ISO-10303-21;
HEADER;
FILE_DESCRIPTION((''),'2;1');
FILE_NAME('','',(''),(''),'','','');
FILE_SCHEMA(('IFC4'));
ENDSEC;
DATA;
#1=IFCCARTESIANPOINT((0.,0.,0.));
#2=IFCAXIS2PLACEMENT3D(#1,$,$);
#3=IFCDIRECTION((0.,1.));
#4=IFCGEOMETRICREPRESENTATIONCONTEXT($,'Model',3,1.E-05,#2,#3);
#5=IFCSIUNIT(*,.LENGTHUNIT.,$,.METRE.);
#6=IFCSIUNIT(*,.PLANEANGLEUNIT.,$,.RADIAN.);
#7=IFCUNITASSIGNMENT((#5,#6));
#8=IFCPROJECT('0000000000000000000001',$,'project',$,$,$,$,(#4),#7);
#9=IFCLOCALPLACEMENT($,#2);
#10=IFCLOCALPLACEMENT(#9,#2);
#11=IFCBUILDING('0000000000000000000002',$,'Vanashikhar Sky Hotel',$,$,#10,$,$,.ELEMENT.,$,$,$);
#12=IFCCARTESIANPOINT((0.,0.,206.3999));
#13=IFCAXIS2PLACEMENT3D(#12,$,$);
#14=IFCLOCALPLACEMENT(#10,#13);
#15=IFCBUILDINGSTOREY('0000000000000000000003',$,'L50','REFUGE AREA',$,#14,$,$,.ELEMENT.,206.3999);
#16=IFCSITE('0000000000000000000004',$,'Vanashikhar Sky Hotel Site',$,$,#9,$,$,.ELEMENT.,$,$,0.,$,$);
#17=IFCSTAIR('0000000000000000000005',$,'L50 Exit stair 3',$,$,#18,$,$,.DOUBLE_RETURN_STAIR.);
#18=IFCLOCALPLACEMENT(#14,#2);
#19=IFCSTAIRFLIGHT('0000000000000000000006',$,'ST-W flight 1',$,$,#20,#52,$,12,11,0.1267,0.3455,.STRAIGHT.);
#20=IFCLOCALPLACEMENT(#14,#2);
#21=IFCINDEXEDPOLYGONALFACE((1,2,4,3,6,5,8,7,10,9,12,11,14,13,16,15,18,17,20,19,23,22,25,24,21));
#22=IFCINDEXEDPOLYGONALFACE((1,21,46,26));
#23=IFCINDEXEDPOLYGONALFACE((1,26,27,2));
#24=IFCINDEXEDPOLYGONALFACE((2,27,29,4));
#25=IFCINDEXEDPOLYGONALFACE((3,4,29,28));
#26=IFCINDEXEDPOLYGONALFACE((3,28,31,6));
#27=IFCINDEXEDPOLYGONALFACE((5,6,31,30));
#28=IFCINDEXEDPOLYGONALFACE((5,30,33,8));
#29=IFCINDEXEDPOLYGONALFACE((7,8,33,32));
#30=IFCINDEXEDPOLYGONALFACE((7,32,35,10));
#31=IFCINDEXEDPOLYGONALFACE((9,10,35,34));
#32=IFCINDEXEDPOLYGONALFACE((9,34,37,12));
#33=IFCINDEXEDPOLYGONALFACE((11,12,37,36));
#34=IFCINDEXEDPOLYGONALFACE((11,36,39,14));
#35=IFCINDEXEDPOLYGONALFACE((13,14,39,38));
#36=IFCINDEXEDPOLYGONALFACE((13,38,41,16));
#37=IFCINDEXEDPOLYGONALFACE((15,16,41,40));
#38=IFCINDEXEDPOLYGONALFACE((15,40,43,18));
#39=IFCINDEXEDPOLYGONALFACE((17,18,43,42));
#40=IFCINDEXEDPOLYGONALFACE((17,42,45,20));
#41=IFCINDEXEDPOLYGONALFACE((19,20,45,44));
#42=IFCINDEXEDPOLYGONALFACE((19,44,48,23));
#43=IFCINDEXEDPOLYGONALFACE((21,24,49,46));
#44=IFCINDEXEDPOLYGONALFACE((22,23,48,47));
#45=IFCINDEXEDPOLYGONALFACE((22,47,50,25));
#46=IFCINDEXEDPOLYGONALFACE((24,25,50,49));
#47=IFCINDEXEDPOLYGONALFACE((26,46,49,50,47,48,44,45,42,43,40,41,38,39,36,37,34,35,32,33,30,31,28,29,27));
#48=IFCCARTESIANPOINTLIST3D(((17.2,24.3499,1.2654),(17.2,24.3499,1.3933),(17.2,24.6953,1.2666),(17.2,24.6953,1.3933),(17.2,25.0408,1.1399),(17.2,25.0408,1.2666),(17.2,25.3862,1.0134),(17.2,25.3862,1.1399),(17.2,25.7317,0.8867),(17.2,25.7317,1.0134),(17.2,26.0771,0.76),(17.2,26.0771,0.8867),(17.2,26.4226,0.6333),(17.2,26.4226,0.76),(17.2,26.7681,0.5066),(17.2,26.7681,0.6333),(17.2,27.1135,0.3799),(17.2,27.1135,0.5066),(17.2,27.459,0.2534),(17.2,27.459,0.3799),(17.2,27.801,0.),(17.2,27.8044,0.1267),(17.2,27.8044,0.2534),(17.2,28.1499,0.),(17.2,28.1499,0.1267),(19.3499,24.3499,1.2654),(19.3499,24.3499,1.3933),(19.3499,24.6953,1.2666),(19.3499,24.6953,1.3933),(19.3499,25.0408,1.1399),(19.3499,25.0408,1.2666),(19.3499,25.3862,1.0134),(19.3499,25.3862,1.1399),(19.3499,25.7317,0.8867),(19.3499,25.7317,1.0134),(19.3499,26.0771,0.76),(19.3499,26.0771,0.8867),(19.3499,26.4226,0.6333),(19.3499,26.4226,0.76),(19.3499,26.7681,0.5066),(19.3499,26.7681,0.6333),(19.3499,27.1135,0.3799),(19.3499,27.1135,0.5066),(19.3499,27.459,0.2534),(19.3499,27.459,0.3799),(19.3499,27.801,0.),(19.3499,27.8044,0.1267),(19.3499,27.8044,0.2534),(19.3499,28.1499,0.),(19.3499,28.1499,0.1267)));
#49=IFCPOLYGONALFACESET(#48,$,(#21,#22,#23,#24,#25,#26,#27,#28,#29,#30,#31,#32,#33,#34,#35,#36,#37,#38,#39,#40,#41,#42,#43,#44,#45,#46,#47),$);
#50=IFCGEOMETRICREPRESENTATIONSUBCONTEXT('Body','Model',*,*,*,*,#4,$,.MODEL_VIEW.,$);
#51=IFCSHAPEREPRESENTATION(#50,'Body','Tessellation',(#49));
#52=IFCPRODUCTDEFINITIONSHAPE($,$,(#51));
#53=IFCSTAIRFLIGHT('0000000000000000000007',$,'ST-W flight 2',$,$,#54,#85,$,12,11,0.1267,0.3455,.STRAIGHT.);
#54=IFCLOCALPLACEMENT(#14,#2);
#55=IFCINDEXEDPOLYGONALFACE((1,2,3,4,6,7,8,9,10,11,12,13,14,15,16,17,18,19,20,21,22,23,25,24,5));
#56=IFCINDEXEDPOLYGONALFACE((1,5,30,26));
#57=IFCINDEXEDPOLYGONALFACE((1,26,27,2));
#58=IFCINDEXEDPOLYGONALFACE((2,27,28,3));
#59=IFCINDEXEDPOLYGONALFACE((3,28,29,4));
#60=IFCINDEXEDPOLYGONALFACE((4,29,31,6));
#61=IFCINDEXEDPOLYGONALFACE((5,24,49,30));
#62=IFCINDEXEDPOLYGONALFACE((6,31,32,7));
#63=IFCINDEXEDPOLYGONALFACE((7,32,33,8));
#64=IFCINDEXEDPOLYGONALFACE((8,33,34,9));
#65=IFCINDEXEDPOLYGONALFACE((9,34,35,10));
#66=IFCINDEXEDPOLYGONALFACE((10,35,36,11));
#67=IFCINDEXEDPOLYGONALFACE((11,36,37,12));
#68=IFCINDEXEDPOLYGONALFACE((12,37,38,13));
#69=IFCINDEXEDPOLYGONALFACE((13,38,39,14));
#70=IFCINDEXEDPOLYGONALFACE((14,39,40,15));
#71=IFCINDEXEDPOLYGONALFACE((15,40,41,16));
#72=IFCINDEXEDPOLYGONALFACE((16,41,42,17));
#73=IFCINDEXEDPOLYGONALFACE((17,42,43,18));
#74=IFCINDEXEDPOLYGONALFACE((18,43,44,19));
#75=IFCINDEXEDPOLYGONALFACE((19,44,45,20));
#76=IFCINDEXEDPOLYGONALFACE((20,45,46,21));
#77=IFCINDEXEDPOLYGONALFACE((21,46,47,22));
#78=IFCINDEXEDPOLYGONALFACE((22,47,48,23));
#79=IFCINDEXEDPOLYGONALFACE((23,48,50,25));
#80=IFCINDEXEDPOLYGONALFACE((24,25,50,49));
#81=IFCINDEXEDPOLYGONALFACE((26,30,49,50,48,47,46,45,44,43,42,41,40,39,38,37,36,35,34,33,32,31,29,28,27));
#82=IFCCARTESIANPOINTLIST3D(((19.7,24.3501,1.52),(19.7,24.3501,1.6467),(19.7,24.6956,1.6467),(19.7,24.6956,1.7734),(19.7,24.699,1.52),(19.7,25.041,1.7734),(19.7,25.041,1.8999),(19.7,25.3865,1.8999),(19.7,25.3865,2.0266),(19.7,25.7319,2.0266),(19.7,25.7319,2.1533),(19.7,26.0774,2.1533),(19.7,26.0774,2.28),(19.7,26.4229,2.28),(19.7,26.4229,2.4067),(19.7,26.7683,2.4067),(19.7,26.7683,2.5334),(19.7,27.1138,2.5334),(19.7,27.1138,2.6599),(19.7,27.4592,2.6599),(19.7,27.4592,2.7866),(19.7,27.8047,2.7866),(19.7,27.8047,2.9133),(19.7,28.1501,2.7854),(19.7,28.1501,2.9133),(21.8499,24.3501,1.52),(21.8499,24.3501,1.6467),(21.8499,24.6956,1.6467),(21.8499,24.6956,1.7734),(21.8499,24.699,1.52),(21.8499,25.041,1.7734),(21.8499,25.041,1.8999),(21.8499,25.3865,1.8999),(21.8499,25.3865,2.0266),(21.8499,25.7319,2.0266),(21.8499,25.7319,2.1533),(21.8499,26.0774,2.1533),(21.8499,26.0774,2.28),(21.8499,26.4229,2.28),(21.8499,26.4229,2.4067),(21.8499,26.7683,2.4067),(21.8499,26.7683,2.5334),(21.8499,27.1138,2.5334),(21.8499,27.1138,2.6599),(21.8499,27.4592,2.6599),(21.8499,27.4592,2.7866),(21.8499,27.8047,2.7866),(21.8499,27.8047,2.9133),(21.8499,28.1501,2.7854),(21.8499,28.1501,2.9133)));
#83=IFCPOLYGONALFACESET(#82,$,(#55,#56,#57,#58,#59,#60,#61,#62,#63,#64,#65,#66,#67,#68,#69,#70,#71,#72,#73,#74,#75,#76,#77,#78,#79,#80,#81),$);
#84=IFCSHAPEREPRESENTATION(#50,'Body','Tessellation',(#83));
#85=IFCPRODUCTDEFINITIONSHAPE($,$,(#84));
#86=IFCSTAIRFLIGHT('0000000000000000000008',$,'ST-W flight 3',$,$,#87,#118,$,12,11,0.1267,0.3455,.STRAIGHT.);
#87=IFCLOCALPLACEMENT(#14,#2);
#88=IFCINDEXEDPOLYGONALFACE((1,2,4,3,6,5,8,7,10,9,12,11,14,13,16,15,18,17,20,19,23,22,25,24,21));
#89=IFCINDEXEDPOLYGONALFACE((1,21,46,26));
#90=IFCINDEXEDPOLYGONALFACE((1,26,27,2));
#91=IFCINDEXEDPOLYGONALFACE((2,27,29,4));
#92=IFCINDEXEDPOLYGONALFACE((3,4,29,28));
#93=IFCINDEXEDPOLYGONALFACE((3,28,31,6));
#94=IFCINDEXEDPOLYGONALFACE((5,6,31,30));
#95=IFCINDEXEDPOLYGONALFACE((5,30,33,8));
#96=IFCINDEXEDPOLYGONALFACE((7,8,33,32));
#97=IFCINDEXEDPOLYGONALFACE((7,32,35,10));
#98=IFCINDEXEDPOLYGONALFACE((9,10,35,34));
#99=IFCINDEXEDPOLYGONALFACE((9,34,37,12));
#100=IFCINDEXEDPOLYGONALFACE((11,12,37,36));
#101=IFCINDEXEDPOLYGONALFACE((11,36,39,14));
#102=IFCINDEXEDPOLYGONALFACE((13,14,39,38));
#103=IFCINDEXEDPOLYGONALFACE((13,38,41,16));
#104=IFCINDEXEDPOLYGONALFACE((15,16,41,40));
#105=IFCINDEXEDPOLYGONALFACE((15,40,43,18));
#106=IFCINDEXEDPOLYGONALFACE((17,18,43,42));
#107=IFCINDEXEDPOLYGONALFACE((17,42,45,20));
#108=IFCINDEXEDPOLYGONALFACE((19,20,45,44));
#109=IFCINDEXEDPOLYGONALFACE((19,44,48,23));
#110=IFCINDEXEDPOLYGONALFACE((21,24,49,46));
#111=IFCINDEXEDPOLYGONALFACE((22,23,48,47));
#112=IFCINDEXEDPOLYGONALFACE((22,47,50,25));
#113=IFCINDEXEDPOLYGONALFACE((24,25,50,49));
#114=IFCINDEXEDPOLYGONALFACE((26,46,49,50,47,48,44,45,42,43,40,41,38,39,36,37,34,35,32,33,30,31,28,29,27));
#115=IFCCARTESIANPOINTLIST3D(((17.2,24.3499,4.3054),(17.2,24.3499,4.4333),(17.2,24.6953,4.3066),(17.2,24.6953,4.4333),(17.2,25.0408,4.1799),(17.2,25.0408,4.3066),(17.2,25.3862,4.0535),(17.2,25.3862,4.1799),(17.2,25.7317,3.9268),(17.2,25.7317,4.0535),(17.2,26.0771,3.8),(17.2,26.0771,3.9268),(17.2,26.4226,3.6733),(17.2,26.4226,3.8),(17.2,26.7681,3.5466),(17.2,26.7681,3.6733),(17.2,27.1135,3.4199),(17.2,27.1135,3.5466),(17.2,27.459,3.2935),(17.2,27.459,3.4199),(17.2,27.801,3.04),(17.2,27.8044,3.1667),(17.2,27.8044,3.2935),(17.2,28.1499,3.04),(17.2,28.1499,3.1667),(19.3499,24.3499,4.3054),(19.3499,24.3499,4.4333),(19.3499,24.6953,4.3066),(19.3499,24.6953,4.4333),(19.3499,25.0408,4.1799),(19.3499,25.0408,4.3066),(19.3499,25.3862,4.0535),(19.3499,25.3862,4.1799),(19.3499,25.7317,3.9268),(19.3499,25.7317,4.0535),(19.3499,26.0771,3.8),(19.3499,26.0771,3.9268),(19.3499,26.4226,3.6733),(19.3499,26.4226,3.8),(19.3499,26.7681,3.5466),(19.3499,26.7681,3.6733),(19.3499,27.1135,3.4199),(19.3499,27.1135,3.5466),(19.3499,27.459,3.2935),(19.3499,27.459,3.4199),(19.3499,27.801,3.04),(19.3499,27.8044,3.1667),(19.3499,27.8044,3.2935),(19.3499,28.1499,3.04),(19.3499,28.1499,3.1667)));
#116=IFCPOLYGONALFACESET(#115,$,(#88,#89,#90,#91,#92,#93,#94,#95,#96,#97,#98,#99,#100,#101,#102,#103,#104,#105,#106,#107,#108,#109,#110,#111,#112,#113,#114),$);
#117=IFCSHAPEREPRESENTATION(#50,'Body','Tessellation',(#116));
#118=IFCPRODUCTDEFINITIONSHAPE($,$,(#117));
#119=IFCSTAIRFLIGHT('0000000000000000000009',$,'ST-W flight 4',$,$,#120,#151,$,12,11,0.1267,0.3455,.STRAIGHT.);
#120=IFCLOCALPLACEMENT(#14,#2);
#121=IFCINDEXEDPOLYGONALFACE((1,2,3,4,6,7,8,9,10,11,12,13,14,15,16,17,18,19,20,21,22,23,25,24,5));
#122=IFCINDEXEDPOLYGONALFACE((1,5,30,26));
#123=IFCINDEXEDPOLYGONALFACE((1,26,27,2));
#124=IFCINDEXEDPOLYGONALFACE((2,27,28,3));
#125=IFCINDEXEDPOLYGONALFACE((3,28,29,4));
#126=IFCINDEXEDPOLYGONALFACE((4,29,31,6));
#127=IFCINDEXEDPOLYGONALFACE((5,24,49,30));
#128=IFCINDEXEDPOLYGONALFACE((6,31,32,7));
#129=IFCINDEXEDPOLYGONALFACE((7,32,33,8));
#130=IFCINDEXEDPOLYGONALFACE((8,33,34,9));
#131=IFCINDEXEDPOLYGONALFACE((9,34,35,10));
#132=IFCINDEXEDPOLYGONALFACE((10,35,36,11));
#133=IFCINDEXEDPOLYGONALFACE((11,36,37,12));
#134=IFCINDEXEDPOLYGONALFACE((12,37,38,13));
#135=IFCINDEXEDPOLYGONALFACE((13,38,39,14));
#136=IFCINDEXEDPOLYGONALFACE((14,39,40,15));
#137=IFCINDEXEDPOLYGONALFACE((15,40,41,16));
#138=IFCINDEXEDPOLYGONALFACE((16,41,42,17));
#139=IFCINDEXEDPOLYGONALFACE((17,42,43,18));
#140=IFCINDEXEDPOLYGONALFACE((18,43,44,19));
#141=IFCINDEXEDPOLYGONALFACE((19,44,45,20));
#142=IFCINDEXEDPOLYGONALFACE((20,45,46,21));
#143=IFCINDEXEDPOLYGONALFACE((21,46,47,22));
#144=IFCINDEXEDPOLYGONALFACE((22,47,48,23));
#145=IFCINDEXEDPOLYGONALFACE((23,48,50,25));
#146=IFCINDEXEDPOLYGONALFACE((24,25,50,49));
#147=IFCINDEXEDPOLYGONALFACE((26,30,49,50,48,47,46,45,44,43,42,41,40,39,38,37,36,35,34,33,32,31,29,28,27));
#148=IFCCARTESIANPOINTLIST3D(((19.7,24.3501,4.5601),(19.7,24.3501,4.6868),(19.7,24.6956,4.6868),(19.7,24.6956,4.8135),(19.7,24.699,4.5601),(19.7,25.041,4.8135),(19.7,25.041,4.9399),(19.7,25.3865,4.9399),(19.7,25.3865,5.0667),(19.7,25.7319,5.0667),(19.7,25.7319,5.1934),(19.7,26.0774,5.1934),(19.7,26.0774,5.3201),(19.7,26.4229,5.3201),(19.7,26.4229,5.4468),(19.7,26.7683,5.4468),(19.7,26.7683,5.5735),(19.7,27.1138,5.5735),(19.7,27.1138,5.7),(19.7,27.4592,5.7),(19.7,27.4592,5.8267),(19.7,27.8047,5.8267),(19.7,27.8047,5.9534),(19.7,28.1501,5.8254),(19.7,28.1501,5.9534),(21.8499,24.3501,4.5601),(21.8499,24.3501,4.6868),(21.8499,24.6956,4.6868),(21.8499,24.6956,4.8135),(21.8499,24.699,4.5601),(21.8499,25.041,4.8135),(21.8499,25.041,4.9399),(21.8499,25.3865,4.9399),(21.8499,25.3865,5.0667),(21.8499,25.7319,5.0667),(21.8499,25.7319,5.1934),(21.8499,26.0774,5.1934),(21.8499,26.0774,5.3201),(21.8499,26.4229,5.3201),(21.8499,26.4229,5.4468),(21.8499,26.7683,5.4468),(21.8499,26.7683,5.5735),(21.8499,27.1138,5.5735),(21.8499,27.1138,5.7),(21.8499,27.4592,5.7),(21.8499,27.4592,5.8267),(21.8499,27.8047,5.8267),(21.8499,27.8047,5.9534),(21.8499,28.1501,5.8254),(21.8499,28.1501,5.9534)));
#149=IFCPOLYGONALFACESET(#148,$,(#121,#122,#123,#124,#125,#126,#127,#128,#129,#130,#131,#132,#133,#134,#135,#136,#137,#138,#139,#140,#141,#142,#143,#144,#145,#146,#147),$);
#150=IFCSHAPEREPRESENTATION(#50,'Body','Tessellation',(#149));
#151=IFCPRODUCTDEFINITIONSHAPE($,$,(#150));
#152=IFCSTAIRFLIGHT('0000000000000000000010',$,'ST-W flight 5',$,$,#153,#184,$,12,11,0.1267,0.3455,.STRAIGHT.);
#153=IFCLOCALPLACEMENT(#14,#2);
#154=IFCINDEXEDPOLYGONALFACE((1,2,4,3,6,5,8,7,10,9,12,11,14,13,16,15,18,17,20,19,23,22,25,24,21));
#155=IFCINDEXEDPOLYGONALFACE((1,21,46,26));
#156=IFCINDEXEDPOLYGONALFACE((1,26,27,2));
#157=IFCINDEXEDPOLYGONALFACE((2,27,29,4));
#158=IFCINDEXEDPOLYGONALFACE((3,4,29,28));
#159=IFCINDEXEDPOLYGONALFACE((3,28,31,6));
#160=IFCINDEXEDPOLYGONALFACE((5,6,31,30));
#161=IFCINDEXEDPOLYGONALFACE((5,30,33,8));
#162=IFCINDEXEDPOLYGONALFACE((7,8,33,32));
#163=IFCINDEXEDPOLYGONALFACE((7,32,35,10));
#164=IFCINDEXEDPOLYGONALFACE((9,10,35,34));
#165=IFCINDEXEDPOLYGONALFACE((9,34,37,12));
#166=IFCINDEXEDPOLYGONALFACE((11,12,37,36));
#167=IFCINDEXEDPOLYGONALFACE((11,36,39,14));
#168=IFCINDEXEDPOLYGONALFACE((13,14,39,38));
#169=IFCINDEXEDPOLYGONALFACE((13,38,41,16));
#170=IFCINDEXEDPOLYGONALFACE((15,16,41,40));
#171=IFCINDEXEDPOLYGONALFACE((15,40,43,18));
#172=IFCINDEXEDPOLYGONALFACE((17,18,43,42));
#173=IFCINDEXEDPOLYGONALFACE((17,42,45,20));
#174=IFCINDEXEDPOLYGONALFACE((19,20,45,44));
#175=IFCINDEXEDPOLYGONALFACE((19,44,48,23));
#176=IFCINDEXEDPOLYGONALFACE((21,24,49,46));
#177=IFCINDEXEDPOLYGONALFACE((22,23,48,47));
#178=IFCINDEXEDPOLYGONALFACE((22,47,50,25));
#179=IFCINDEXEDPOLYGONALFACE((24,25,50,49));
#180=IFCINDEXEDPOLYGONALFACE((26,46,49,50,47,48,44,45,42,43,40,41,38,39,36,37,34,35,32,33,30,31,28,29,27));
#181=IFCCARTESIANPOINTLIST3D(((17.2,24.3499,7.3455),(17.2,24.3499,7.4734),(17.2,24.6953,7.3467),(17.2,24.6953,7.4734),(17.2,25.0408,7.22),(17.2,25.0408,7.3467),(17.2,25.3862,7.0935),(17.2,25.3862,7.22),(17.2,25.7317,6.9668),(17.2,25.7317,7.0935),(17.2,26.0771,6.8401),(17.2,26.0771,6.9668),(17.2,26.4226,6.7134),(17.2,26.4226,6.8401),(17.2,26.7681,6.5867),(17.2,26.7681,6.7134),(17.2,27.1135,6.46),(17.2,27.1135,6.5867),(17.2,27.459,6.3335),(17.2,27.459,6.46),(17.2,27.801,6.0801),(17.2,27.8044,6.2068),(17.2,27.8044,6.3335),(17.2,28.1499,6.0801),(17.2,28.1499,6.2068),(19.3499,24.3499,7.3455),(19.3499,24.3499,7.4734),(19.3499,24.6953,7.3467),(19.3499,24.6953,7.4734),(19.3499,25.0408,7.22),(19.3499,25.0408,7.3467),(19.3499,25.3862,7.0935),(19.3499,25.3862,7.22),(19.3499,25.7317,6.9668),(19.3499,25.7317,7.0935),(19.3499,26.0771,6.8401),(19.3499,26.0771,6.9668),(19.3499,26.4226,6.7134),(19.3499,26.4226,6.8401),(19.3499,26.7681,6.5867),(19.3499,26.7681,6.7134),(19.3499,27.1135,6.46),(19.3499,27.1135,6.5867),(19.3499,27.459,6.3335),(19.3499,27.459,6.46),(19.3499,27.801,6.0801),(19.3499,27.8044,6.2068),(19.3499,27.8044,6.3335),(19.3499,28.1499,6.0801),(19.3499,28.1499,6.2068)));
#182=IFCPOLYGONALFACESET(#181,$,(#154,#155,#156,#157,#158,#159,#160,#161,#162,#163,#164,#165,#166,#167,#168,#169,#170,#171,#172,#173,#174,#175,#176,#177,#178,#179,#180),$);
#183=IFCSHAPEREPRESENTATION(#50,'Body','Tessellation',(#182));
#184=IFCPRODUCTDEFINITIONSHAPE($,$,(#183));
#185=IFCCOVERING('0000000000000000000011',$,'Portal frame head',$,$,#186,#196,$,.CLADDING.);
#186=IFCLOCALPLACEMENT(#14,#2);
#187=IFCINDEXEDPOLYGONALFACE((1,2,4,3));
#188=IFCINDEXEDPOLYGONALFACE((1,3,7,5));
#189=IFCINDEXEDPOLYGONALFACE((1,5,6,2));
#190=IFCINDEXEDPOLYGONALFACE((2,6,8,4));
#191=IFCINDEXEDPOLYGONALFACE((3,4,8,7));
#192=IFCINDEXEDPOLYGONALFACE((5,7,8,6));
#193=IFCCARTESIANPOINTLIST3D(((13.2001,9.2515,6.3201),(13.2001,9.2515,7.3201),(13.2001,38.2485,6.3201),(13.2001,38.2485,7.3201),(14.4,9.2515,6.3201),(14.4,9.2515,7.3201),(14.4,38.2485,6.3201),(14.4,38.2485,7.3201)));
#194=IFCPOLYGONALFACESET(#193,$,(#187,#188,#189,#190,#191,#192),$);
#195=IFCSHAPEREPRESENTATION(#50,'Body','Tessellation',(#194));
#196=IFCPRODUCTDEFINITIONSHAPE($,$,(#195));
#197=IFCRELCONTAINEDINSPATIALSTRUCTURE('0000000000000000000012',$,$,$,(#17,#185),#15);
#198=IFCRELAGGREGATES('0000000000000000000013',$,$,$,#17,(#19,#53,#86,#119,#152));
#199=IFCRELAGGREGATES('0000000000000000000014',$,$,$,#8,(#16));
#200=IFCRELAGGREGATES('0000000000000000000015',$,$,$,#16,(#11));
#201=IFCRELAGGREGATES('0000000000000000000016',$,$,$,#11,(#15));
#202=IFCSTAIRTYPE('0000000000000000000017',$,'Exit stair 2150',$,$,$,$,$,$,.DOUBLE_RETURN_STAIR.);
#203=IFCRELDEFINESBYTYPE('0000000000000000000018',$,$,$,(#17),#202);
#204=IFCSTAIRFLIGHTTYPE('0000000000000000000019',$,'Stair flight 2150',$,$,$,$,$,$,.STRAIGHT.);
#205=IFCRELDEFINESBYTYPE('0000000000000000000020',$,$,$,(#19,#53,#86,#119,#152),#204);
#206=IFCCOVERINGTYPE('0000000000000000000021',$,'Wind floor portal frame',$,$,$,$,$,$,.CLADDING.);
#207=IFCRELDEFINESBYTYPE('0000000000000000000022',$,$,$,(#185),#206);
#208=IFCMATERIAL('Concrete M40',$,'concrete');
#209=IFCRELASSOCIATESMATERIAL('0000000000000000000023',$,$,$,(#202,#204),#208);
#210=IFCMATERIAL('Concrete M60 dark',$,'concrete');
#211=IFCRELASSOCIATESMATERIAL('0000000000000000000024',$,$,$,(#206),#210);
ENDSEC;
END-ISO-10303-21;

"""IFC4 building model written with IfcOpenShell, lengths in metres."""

from ifc_helpers import new_model, si_unit, direction, frame, origin, origin_2d, place, context, subcontext, project, spatial, polyline, rectangle, outline, extrude, source, transform, mapped, material, type_object, element, aggregate, save


model = new_model("IFC4")

# Units and contexts
model_context = context("Model", 3, precision=1e-05, world=origin(), true_north=direction((0.0, 1.0)))
body_context = subcontext(model_context, "Body", "Model", "MODEL_VIEW")
ifc_project = project(units=[si_unit("LENGTHUNIT", "METRE"), si_unit("PLANEANGLEUNIT", "RADIAN")], contexts=[model_context])

# Site, building, storey
site_placement = place(None, origin())
site = spatial("IfcSite", under=ifc_project, at=site_placement, Name="Vanashikhar Sky Hotel Site", CompositionType="ELEMENT", RefElevation=0.0)
building_placement = place(site_placement, origin())
building = spatial("IfcBuilding", under=site, at=building_placement, Name="Vanashikhar Sky Hotel", CompositionType="ELEMENT")
storey_placement = place(building_placement, frame((0.0, 0.0, 206.3999)))
storey = spatial("IfcBuildingStorey", under=building, at=storey_placement, Name="L50", Description="REFUGE AREA", CompositionType="ELEMENT", Elevation=206.3999)

# Stair, stair flights
ifc_material_1 = material(Name="Concrete M40", Category="concrete")
stair_type = type_object("IfcStairType", Name="Exit stair 2150", PredefinedType="DOUBLE_RETURN_STAIR", material=ifc_material_1)
stair_placement = place(storey_placement, origin())
stair = element("IfcStair", 1, at=stair_placement, inside=storey, type_object=stair_type, Name="L50 Exit stair 3", PredefinedType="DOUBLE_RETURN_STAIR")
stair_flight_type = type_object("IfcStairFlightType", Name="Stair flight 2150", PredefinedType="STRAIGHT", material=ifc_material_1)
shared_shape_1 = source(origin(), body_context, "Body", "SweptSolid", [
    extrude(outline(polyline([(0.0, 0.0), (0.0, 0.1267), (0.3455, 0.1267), (0.3455, 0.2534), (0.6909, 0.2534), (0.6909, 0.3799), (1.0364, 0.3799), (1.0364, 0.5066), (1.3818, 0.5066), (1.3818, 0.6333), (1.7273, 0.6333), (1.7273, 0.76), (2.0728, 0.76), (2.0728, 0.8867), (2.4182, 0.8867), (2.4182, 1.0134), (2.7637, 1.0134), (2.7637, 1.1399), (3.1091, 1.1399), (3.1091, 1.2666), (3.4546, 1.2666), (3.4546, 1.3933), (3.8, 1.3933), (3.8, 1.52), (3.8, 1.2654), (0.3489, 0.0), (0.0, 0.0)])), frame((0.0, 1.075, 0.0), z_axis=(0.0, -1.0, 0.0), x_axis=(1.0, 0.0, 0.0)), (0.0, 0.0, 1.0), 2.1499),
])
stair_flight_1_placement = place(storey_placement, frame((18.2749, 28.1499, 0.0), z_axis=(0.0, 0.0, 1.0), x_axis=(0.0, -1.0, 0.0)))
stair_flight_1 = element("IfcStairFlight", 2, at=stair_flight_1_placement, type_object=stair_flight_type, Name="ST-W flight 1", NumberOfRisers=12, NumberOfTreads=11, PredefinedType="STRAIGHT", RiserHeight=0.1267, TreadLength=0.3455, context=body_context, shape_type="MappedRepresentation", body=[
    mapped(shared_shape_1, transform((0.0, 0.0, 0.0), scale=1.0)),
])
stair_flight_2_placement = place(storey_placement, frame((20.7749, 24.3501, 1.52), z_axis=(0.0, 0.0, 1.0), x_axis=(0.0, 1.0, 0.0)))
stair_flight_2 = element("IfcStairFlight", 3, at=stair_flight_2_placement, type_object=stair_flight_type, Name="ST-W flight 2", NumberOfRisers=12, NumberOfTreads=11, PredefinedType="STRAIGHT", RiserHeight=0.1267, TreadLength=0.3455, context=body_context, shape_type="MappedRepresentation", body=[
    mapped(shared_shape_1, transform((0.0, 0.0, 0.0), scale=1.0)),
])
stair_flight_3_placement = place(storey_placement, frame((18.2749, 28.1499, 3.04), z_axis=(0.0, 0.0, 1.0), x_axis=(0.0, -1.0, 0.0)))
stair_flight_3 = element("IfcStairFlight", 4, at=stair_flight_3_placement, type_object=stair_flight_type, Name="ST-W flight 3", NumberOfRisers=12, NumberOfTreads=11, PredefinedType="STRAIGHT", RiserHeight=0.1267, TreadLength=0.3455, context=body_context, shape_type="MappedRepresentation", body=[
    mapped(shared_shape_1, transform((0.0, 0.0, 0.0), scale=1.0)),
])
stair_flight_4_placement = place(storey_placement, frame((20.7749, 24.3501, 4.5601), z_axis=(0.0, 0.0, 1.0), x_axis=(0.0, 1.0, 0.0)))
stair_flight_4 = element("IfcStairFlight", 5, at=stair_flight_4_placement, type_object=stair_flight_type, Name="ST-W flight 4", NumberOfRisers=12, NumberOfTreads=11, PredefinedType="STRAIGHT", RiserHeight=0.1267, TreadLength=0.3455, context=body_context, shape_type="MappedRepresentation", body=[
    mapped(shared_shape_1, transform((0.0, 0.0, 0.0), scale=1.0)),
])
stair_flight_5_placement = place(storey_placement, frame((18.2749, 28.1499, 6.0801), z_axis=(0.0, 0.0, 1.0), x_axis=(0.0, -1.0, 0.0)))
stair_flight_5 = element("IfcStairFlight", 6, at=stair_flight_5_placement, type_object=stair_flight_type, Name="ST-W flight 5", NumberOfRisers=12, NumberOfTreads=11, PredefinedType="STRAIGHT", RiserHeight=0.1267, TreadLength=0.3455, context=body_context, shape_type="MappedRepresentation", body=[
    mapped(shared_shape_1, transform((0.0, 0.0, 0.0), scale=1.0)),
])
aggregate(stair, [stair_flight_1, stair_flight_2, stair_flight_3, stair_flight_4, stair_flight_5])

# Covering
ifc_material_2 = material(Name="Concrete M60 dark", Category="concrete")
covering_type = type_object("IfcCoveringType", Name="Wind floor portal frame", PredefinedType="CLADDING", material=ifc_material_2)
shared_shape_2 = source(origin(), body_context, "Body", "SweptSolid", [
    extrude(rectangle(XDim=28.9971, YDim=1.2, at=origin_2d()), origin(), (0.0, 0.0, 1.0), 1.0),
])
covering_placement = place(storey_placement, frame((13.8, 23.75, 6.3201), z_axis=(0.0, 0.0, 1.0), x_axis=(0.0, -1.0, 0.0)))
element("IfcCovering", 7, at=covering_placement, inside=storey, type_object=covering_type, Name="Portal frame head", PredefinedType="CLADDING", context=body_context, shape_type="MappedRepresentation", body=[
    mapped(shared_shape_2, transform((0.0, 0.0, 0.0), scale=1.0)),
])

save(model, "model.ifc")
